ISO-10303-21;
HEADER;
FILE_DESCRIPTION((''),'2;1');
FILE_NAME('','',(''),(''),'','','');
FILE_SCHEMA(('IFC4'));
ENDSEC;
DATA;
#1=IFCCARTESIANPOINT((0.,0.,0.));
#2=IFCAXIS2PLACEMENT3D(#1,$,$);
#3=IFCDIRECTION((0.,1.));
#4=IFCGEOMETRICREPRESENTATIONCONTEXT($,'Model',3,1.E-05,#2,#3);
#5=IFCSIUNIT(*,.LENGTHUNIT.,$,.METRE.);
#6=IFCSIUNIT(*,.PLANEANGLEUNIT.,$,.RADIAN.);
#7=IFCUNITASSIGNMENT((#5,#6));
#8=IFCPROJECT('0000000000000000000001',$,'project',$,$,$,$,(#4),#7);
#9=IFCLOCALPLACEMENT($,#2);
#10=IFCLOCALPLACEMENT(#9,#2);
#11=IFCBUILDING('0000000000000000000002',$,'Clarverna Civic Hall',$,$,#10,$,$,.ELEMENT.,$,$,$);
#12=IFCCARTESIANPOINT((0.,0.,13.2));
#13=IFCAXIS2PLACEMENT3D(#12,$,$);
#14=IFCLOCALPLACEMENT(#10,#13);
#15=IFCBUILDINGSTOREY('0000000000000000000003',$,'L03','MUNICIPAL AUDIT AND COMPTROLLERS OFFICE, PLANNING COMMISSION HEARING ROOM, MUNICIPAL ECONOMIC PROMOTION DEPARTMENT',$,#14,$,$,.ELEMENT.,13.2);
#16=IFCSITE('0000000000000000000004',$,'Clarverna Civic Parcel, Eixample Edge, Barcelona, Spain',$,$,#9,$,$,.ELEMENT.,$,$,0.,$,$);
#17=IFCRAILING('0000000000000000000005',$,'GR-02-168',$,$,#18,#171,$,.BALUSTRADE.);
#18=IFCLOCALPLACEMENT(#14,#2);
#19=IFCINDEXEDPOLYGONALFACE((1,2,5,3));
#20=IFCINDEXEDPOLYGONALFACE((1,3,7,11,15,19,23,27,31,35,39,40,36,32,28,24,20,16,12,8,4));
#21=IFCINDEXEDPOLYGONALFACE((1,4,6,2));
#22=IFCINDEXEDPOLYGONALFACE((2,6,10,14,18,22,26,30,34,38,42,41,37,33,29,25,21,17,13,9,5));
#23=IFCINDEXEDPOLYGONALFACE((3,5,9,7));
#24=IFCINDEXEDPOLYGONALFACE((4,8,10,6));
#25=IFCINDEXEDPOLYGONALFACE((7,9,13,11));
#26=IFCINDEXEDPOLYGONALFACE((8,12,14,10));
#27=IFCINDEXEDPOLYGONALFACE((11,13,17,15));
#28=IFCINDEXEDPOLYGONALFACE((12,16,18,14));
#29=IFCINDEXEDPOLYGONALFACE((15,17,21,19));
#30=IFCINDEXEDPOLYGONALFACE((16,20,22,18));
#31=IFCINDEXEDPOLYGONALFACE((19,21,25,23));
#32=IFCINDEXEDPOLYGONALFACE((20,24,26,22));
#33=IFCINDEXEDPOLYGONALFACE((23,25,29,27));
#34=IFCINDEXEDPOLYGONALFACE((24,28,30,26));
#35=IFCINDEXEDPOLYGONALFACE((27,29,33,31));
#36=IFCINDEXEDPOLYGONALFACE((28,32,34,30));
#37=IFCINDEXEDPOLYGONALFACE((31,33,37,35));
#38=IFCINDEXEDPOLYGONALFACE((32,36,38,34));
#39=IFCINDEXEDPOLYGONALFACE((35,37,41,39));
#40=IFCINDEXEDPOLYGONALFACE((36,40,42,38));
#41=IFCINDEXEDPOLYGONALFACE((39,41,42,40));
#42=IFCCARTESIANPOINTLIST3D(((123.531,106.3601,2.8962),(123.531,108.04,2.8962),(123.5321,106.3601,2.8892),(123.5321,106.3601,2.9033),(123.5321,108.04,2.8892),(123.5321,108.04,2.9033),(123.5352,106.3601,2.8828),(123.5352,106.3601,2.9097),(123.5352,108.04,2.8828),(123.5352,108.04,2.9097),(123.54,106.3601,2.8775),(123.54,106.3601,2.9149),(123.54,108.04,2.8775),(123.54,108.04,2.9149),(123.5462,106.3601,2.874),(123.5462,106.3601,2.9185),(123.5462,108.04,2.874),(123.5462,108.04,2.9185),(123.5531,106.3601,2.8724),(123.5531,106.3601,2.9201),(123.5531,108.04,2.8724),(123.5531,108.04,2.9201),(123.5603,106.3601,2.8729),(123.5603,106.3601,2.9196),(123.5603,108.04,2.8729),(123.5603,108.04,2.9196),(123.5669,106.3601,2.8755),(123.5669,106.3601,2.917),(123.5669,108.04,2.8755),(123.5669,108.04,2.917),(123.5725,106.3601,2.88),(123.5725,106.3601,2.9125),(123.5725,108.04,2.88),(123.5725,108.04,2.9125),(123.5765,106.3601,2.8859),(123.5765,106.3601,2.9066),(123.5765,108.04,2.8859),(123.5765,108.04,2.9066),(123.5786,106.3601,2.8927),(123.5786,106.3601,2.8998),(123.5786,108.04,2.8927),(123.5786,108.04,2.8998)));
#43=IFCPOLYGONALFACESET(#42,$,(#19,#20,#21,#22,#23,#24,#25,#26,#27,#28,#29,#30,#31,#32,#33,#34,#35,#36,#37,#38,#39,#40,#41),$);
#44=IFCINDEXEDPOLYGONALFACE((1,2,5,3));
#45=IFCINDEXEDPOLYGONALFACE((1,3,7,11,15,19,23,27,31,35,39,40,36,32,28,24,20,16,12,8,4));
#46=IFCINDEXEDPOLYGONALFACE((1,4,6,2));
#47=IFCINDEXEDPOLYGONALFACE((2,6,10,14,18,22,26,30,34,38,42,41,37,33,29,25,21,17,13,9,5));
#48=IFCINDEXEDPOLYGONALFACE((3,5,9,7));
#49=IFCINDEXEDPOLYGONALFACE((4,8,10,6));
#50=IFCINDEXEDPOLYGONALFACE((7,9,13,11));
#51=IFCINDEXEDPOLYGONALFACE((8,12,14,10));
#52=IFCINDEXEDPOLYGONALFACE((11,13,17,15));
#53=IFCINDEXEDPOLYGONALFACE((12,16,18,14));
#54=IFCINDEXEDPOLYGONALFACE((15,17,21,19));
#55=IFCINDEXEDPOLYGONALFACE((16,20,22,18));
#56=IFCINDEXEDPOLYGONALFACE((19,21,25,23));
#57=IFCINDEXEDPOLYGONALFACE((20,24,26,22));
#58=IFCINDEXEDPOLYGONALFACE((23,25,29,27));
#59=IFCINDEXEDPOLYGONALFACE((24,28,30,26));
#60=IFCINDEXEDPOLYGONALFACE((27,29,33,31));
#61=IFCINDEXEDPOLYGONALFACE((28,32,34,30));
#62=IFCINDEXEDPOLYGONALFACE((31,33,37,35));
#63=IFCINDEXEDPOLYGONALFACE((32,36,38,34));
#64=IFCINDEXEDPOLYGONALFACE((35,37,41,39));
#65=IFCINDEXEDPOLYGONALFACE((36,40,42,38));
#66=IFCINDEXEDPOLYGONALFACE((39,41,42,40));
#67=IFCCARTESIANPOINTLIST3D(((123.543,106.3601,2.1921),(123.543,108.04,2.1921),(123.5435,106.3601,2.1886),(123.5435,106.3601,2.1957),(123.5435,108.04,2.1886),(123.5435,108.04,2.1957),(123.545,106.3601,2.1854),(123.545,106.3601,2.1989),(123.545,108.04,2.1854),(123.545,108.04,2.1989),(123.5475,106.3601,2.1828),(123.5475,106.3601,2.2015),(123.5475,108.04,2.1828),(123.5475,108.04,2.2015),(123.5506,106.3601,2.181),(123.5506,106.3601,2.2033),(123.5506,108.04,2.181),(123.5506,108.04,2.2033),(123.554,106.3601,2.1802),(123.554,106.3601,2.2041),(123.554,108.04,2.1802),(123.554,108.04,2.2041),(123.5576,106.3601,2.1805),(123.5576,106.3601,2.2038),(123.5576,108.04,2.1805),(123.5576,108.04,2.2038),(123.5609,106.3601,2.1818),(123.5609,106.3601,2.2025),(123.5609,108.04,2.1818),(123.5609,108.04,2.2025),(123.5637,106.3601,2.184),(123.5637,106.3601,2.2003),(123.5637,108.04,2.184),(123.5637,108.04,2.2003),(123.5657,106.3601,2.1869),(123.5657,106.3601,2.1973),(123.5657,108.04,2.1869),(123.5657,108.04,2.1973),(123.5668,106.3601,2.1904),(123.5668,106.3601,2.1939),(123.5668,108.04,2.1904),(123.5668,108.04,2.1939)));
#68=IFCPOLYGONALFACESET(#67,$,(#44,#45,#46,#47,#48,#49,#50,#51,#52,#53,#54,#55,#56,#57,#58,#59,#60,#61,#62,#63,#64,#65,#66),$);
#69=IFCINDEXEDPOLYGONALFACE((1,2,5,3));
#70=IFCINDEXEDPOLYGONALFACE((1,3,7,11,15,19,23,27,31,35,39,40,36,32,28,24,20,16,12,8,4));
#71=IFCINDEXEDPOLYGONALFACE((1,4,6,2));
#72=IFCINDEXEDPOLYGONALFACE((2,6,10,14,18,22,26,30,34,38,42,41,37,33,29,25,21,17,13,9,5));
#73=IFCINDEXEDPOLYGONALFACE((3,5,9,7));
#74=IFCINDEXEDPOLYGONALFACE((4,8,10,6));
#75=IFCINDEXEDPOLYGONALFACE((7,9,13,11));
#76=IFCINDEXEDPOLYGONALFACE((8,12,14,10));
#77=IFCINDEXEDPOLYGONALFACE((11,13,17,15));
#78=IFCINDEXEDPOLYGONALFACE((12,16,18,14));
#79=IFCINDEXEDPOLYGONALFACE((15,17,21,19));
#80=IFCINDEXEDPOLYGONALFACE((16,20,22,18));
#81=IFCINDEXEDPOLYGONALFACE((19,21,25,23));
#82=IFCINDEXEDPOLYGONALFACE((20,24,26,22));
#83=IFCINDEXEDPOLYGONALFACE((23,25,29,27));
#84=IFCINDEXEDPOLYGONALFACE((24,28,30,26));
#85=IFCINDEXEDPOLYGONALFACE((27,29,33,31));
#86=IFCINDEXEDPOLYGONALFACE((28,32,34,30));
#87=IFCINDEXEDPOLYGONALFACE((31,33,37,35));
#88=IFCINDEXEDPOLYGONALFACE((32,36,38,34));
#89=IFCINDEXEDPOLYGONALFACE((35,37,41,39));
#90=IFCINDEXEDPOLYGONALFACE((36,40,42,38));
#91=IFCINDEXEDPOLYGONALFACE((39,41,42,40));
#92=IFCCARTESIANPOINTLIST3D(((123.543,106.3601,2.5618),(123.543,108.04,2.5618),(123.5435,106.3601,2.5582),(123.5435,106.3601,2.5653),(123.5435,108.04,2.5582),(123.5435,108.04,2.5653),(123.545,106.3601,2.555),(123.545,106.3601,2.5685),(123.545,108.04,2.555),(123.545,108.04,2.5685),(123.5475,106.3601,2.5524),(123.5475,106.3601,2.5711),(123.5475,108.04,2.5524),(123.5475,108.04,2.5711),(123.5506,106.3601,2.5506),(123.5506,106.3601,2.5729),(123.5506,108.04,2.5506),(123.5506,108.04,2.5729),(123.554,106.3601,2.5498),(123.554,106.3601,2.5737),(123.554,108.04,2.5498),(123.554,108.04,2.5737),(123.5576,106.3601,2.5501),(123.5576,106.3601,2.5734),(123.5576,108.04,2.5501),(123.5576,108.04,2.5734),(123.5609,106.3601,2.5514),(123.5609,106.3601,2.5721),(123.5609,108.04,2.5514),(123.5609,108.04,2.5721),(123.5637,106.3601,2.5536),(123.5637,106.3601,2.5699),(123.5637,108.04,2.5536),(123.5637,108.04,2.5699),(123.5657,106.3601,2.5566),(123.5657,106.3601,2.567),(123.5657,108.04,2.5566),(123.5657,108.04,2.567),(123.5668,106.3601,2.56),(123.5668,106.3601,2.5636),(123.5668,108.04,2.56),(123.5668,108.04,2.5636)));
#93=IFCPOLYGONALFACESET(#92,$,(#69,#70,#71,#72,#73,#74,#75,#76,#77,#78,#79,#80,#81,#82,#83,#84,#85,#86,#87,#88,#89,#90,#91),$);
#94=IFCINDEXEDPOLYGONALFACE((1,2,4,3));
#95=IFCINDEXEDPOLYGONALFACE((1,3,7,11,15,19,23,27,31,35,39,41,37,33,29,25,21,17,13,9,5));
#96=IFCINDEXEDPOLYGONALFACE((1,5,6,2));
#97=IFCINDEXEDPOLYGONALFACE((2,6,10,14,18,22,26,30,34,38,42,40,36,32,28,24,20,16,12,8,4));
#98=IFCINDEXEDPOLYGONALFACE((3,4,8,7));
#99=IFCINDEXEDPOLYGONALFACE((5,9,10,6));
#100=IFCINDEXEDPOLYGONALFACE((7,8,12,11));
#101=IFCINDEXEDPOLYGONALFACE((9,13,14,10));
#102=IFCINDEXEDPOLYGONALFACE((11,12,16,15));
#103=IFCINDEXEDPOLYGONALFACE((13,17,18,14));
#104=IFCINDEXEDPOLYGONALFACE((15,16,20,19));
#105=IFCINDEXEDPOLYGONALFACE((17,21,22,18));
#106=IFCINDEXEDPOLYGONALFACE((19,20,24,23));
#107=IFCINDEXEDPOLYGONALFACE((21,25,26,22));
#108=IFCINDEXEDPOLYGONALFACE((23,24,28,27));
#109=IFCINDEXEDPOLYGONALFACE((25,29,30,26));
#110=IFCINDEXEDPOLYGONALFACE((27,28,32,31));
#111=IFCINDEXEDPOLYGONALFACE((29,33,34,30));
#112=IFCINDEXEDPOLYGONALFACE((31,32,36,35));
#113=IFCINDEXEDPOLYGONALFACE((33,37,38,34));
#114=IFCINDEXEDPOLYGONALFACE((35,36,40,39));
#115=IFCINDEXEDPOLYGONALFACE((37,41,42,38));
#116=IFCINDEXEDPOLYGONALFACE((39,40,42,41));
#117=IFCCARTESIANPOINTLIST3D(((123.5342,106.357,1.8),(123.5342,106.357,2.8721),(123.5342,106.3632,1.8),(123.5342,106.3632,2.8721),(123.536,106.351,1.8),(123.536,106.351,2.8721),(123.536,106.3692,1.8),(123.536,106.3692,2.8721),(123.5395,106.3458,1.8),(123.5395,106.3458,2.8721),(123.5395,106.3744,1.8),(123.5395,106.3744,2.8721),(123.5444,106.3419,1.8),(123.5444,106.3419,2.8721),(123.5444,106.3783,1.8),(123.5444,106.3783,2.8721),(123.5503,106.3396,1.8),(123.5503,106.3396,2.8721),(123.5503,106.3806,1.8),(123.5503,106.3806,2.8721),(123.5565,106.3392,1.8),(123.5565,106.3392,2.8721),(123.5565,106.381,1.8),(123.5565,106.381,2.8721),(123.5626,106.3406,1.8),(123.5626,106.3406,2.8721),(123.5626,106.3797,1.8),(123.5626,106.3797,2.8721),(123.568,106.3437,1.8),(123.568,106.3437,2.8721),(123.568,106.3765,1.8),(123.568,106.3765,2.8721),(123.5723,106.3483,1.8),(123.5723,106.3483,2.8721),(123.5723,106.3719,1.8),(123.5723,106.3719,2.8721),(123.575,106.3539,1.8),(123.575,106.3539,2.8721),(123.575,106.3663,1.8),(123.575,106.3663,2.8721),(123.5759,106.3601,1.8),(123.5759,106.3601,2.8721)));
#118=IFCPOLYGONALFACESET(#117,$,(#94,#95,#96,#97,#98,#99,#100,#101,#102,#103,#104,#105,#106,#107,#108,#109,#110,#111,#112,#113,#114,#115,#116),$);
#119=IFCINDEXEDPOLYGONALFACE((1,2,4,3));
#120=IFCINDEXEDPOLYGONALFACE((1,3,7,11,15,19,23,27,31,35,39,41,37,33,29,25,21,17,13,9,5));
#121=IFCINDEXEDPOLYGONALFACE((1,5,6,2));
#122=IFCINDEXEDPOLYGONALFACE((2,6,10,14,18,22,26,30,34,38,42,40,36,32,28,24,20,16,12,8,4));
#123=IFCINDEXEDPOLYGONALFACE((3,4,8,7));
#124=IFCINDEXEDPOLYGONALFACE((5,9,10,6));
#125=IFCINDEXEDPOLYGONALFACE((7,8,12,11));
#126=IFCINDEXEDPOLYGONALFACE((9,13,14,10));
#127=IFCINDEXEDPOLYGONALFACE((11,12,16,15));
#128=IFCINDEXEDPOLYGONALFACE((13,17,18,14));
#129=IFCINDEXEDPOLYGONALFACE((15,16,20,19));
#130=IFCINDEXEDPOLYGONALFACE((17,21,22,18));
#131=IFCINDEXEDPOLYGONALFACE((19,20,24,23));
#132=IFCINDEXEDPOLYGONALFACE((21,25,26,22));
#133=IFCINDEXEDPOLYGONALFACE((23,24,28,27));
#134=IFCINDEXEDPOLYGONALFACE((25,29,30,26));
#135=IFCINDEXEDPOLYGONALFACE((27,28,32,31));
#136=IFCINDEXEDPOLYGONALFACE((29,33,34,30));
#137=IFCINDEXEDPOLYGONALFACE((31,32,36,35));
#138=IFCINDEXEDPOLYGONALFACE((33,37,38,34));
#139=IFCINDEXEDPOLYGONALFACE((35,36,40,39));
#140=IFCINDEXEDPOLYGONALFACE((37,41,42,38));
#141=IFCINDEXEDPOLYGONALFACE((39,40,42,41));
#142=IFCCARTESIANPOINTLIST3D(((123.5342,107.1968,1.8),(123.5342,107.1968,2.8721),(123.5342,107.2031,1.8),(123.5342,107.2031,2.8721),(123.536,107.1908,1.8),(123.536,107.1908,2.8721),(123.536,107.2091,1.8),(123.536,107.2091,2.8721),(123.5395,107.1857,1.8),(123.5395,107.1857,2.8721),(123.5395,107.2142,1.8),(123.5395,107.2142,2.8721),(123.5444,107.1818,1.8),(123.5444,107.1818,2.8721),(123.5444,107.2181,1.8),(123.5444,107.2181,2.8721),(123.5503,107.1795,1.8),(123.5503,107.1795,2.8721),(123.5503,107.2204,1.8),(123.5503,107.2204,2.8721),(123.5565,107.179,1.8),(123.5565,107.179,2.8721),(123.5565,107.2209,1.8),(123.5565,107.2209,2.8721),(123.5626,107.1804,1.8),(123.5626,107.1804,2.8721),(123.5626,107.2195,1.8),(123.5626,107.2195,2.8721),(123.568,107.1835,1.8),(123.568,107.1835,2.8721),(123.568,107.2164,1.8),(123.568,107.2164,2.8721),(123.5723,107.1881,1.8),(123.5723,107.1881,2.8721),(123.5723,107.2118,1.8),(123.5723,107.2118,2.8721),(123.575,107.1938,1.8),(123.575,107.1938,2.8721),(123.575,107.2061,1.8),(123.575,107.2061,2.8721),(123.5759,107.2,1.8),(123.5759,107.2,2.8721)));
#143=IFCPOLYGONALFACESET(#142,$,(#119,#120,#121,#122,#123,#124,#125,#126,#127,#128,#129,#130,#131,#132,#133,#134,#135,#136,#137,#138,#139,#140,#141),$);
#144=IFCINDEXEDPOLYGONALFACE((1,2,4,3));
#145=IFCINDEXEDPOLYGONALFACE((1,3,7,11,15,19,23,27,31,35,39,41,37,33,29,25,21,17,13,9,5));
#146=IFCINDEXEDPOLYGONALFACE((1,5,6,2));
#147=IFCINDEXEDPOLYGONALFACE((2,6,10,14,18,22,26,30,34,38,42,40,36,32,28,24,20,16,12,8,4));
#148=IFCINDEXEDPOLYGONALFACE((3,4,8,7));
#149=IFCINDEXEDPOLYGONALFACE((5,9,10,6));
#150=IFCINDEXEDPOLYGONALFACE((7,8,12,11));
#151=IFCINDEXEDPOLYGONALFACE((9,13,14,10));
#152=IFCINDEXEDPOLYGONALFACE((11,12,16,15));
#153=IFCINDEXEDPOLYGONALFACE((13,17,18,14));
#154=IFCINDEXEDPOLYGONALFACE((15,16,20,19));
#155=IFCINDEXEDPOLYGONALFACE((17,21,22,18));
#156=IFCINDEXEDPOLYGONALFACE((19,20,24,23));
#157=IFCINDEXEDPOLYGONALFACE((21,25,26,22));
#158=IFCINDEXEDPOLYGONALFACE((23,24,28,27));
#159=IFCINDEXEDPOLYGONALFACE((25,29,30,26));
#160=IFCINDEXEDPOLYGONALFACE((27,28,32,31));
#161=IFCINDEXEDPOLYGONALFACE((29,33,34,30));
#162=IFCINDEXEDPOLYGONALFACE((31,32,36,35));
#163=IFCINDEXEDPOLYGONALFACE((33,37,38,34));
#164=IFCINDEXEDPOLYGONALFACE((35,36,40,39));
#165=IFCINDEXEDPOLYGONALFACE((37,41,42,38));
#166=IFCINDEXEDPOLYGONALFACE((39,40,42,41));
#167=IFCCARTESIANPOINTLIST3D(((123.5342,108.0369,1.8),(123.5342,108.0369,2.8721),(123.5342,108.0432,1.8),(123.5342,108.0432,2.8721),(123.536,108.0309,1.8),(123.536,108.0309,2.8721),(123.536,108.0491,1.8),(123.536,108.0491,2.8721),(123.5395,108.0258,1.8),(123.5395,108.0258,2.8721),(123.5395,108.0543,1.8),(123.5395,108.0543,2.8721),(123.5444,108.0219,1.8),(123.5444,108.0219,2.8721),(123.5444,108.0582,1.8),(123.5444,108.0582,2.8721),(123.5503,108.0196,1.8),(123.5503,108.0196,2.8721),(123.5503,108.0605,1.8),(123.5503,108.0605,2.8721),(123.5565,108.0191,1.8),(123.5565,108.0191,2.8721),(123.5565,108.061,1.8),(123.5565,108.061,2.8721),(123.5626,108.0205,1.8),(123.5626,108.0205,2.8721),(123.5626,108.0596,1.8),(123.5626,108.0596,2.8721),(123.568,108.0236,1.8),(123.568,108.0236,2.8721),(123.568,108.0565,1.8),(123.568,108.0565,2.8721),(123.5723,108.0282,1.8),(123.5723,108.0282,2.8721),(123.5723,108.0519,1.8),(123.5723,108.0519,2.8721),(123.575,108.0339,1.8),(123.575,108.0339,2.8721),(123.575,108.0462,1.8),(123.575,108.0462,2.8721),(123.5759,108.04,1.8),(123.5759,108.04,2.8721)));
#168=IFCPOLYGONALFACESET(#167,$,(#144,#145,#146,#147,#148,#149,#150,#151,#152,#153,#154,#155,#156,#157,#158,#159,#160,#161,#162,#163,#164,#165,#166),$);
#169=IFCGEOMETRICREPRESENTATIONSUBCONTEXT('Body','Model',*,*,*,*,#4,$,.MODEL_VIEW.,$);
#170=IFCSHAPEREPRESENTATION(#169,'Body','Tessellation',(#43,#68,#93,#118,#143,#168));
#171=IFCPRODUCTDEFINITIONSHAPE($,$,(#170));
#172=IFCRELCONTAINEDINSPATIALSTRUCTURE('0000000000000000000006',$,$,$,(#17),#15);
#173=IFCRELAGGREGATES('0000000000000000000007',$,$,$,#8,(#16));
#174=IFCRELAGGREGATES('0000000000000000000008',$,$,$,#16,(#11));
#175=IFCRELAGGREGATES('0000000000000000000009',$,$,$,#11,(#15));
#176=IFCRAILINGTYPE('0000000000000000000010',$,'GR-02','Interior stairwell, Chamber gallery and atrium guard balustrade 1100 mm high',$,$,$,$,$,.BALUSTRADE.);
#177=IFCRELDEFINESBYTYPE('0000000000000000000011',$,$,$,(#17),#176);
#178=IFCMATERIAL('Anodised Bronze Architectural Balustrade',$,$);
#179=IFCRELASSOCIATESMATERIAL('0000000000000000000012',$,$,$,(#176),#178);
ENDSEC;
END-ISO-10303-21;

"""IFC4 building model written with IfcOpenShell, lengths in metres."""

from ifc_helpers import new_model, si_unit, direction, frame, origin, origin_2d, place, context, subcontext, project, spatial, circle, extrude, material, type_object, element, save


model = new_model("IFC4")

# Units and contexts
model_context = context("Model", 3, precision=1e-05, world=origin(), true_north=direction((0.0, 1.0)))
body_context = subcontext(model_context, "Body", "Model", "MODEL_VIEW")
ifc_project = project(units=[si_unit("LENGTHUNIT", "METRE"), si_unit("PLANEANGLEUNIT", "RADIAN")], contexts=[model_context])

# Site, building, storey
site_placement = place(None, origin())
site = spatial("IfcSite", under=ifc_project, at=site_placement, Name="Clarverna Civic Parcel, Eixample Edge, Barcelona, Spain", CompositionType="ELEMENT", RefElevation=0.0)
building_placement = place(site_placement, origin())
building = spatial("IfcBuilding", under=site, at=building_placement, Name="Clarverna Civic Hall", CompositionType="ELEMENT")
storey_placement = place(building_placement, frame((0.0, 0.0, 13.2)))
storey = spatial("IfcBuildingStorey", under=building, at=storey_placement, Name="L03", Description="MUNICIPAL AUDIT AND COMPTROLLERS OFFICE, PLANNING COMMISSION HEARING ROOM, MUNICIPAL ECONOMIC PROMOTION DEPARTMENT", CompositionType="ELEMENT", Elevation=13.2)

# Railing
ifc_material_1 = material(Name="Anodised Bronze Architectural Balustrade")
railing_type_1 = type_object("IfcRailingType", Name="GR-02", Description="Interior stairwell, Chamber gallery and atrium guard balustrade 1100 mm high", PredefinedType="BALUSTRADE", material=ifc_material_1)
railing_1_placement = place(storey_placement, frame((123.5549, 106.3601, 1.8)))
element("IfcRailing", 1, at=railing_1_placement, inside=storey, type_object=railing_type_1, Name="GR-02-168", PredefinedType="BALUSTRADE", context=body_context, shape_type="SweptSolid", body=[
    extrude(circle(Radius=0.0239, at=origin_2d()), frame((0.0, 0.0, 1.0962), z_axis=(0.0, 1.0, 0.0), x_axis=(-1.0, 0.0, 0.0)), (0.0, 0.0, 1.0), 1.6799),
    extrude(circle(Radius=0.012, at=origin_2d()), frame((0.0, 0.0, 0.3921), z_axis=(0.0, 1.0, 0.0), x_axis=(-1.0, 0.0, 0.0)), (0.0, 0.0, 1.0), 1.6799),
    extrude(circle(Radius=0.012, at=origin_2d()), frame((0.0, 0.0, 0.7617), z_axis=(0.0, 1.0, 0.0), x_axis=(-1.0, 0.0, 0.0)), (0.0, 0.0, 1.0), 1.6799),
    extrude(circle(Radius=0.021, at=origin_2d()), origin(), (0.0, 0.0, 1.0), 1.072),
    extrude(circle(Radius=0.021, at=origin_2d()), frame((0.0, 0.8398, 0.0)), (0.0, 0.0, 1.0), 1.072),
    extrude(circle(Radius=0.021, at=origin_2d()), frame((0.0, 1.6799, 0.0)), (0.0, 0.0, 1.0), 1.072),
])

save(model, "model.ifc")
